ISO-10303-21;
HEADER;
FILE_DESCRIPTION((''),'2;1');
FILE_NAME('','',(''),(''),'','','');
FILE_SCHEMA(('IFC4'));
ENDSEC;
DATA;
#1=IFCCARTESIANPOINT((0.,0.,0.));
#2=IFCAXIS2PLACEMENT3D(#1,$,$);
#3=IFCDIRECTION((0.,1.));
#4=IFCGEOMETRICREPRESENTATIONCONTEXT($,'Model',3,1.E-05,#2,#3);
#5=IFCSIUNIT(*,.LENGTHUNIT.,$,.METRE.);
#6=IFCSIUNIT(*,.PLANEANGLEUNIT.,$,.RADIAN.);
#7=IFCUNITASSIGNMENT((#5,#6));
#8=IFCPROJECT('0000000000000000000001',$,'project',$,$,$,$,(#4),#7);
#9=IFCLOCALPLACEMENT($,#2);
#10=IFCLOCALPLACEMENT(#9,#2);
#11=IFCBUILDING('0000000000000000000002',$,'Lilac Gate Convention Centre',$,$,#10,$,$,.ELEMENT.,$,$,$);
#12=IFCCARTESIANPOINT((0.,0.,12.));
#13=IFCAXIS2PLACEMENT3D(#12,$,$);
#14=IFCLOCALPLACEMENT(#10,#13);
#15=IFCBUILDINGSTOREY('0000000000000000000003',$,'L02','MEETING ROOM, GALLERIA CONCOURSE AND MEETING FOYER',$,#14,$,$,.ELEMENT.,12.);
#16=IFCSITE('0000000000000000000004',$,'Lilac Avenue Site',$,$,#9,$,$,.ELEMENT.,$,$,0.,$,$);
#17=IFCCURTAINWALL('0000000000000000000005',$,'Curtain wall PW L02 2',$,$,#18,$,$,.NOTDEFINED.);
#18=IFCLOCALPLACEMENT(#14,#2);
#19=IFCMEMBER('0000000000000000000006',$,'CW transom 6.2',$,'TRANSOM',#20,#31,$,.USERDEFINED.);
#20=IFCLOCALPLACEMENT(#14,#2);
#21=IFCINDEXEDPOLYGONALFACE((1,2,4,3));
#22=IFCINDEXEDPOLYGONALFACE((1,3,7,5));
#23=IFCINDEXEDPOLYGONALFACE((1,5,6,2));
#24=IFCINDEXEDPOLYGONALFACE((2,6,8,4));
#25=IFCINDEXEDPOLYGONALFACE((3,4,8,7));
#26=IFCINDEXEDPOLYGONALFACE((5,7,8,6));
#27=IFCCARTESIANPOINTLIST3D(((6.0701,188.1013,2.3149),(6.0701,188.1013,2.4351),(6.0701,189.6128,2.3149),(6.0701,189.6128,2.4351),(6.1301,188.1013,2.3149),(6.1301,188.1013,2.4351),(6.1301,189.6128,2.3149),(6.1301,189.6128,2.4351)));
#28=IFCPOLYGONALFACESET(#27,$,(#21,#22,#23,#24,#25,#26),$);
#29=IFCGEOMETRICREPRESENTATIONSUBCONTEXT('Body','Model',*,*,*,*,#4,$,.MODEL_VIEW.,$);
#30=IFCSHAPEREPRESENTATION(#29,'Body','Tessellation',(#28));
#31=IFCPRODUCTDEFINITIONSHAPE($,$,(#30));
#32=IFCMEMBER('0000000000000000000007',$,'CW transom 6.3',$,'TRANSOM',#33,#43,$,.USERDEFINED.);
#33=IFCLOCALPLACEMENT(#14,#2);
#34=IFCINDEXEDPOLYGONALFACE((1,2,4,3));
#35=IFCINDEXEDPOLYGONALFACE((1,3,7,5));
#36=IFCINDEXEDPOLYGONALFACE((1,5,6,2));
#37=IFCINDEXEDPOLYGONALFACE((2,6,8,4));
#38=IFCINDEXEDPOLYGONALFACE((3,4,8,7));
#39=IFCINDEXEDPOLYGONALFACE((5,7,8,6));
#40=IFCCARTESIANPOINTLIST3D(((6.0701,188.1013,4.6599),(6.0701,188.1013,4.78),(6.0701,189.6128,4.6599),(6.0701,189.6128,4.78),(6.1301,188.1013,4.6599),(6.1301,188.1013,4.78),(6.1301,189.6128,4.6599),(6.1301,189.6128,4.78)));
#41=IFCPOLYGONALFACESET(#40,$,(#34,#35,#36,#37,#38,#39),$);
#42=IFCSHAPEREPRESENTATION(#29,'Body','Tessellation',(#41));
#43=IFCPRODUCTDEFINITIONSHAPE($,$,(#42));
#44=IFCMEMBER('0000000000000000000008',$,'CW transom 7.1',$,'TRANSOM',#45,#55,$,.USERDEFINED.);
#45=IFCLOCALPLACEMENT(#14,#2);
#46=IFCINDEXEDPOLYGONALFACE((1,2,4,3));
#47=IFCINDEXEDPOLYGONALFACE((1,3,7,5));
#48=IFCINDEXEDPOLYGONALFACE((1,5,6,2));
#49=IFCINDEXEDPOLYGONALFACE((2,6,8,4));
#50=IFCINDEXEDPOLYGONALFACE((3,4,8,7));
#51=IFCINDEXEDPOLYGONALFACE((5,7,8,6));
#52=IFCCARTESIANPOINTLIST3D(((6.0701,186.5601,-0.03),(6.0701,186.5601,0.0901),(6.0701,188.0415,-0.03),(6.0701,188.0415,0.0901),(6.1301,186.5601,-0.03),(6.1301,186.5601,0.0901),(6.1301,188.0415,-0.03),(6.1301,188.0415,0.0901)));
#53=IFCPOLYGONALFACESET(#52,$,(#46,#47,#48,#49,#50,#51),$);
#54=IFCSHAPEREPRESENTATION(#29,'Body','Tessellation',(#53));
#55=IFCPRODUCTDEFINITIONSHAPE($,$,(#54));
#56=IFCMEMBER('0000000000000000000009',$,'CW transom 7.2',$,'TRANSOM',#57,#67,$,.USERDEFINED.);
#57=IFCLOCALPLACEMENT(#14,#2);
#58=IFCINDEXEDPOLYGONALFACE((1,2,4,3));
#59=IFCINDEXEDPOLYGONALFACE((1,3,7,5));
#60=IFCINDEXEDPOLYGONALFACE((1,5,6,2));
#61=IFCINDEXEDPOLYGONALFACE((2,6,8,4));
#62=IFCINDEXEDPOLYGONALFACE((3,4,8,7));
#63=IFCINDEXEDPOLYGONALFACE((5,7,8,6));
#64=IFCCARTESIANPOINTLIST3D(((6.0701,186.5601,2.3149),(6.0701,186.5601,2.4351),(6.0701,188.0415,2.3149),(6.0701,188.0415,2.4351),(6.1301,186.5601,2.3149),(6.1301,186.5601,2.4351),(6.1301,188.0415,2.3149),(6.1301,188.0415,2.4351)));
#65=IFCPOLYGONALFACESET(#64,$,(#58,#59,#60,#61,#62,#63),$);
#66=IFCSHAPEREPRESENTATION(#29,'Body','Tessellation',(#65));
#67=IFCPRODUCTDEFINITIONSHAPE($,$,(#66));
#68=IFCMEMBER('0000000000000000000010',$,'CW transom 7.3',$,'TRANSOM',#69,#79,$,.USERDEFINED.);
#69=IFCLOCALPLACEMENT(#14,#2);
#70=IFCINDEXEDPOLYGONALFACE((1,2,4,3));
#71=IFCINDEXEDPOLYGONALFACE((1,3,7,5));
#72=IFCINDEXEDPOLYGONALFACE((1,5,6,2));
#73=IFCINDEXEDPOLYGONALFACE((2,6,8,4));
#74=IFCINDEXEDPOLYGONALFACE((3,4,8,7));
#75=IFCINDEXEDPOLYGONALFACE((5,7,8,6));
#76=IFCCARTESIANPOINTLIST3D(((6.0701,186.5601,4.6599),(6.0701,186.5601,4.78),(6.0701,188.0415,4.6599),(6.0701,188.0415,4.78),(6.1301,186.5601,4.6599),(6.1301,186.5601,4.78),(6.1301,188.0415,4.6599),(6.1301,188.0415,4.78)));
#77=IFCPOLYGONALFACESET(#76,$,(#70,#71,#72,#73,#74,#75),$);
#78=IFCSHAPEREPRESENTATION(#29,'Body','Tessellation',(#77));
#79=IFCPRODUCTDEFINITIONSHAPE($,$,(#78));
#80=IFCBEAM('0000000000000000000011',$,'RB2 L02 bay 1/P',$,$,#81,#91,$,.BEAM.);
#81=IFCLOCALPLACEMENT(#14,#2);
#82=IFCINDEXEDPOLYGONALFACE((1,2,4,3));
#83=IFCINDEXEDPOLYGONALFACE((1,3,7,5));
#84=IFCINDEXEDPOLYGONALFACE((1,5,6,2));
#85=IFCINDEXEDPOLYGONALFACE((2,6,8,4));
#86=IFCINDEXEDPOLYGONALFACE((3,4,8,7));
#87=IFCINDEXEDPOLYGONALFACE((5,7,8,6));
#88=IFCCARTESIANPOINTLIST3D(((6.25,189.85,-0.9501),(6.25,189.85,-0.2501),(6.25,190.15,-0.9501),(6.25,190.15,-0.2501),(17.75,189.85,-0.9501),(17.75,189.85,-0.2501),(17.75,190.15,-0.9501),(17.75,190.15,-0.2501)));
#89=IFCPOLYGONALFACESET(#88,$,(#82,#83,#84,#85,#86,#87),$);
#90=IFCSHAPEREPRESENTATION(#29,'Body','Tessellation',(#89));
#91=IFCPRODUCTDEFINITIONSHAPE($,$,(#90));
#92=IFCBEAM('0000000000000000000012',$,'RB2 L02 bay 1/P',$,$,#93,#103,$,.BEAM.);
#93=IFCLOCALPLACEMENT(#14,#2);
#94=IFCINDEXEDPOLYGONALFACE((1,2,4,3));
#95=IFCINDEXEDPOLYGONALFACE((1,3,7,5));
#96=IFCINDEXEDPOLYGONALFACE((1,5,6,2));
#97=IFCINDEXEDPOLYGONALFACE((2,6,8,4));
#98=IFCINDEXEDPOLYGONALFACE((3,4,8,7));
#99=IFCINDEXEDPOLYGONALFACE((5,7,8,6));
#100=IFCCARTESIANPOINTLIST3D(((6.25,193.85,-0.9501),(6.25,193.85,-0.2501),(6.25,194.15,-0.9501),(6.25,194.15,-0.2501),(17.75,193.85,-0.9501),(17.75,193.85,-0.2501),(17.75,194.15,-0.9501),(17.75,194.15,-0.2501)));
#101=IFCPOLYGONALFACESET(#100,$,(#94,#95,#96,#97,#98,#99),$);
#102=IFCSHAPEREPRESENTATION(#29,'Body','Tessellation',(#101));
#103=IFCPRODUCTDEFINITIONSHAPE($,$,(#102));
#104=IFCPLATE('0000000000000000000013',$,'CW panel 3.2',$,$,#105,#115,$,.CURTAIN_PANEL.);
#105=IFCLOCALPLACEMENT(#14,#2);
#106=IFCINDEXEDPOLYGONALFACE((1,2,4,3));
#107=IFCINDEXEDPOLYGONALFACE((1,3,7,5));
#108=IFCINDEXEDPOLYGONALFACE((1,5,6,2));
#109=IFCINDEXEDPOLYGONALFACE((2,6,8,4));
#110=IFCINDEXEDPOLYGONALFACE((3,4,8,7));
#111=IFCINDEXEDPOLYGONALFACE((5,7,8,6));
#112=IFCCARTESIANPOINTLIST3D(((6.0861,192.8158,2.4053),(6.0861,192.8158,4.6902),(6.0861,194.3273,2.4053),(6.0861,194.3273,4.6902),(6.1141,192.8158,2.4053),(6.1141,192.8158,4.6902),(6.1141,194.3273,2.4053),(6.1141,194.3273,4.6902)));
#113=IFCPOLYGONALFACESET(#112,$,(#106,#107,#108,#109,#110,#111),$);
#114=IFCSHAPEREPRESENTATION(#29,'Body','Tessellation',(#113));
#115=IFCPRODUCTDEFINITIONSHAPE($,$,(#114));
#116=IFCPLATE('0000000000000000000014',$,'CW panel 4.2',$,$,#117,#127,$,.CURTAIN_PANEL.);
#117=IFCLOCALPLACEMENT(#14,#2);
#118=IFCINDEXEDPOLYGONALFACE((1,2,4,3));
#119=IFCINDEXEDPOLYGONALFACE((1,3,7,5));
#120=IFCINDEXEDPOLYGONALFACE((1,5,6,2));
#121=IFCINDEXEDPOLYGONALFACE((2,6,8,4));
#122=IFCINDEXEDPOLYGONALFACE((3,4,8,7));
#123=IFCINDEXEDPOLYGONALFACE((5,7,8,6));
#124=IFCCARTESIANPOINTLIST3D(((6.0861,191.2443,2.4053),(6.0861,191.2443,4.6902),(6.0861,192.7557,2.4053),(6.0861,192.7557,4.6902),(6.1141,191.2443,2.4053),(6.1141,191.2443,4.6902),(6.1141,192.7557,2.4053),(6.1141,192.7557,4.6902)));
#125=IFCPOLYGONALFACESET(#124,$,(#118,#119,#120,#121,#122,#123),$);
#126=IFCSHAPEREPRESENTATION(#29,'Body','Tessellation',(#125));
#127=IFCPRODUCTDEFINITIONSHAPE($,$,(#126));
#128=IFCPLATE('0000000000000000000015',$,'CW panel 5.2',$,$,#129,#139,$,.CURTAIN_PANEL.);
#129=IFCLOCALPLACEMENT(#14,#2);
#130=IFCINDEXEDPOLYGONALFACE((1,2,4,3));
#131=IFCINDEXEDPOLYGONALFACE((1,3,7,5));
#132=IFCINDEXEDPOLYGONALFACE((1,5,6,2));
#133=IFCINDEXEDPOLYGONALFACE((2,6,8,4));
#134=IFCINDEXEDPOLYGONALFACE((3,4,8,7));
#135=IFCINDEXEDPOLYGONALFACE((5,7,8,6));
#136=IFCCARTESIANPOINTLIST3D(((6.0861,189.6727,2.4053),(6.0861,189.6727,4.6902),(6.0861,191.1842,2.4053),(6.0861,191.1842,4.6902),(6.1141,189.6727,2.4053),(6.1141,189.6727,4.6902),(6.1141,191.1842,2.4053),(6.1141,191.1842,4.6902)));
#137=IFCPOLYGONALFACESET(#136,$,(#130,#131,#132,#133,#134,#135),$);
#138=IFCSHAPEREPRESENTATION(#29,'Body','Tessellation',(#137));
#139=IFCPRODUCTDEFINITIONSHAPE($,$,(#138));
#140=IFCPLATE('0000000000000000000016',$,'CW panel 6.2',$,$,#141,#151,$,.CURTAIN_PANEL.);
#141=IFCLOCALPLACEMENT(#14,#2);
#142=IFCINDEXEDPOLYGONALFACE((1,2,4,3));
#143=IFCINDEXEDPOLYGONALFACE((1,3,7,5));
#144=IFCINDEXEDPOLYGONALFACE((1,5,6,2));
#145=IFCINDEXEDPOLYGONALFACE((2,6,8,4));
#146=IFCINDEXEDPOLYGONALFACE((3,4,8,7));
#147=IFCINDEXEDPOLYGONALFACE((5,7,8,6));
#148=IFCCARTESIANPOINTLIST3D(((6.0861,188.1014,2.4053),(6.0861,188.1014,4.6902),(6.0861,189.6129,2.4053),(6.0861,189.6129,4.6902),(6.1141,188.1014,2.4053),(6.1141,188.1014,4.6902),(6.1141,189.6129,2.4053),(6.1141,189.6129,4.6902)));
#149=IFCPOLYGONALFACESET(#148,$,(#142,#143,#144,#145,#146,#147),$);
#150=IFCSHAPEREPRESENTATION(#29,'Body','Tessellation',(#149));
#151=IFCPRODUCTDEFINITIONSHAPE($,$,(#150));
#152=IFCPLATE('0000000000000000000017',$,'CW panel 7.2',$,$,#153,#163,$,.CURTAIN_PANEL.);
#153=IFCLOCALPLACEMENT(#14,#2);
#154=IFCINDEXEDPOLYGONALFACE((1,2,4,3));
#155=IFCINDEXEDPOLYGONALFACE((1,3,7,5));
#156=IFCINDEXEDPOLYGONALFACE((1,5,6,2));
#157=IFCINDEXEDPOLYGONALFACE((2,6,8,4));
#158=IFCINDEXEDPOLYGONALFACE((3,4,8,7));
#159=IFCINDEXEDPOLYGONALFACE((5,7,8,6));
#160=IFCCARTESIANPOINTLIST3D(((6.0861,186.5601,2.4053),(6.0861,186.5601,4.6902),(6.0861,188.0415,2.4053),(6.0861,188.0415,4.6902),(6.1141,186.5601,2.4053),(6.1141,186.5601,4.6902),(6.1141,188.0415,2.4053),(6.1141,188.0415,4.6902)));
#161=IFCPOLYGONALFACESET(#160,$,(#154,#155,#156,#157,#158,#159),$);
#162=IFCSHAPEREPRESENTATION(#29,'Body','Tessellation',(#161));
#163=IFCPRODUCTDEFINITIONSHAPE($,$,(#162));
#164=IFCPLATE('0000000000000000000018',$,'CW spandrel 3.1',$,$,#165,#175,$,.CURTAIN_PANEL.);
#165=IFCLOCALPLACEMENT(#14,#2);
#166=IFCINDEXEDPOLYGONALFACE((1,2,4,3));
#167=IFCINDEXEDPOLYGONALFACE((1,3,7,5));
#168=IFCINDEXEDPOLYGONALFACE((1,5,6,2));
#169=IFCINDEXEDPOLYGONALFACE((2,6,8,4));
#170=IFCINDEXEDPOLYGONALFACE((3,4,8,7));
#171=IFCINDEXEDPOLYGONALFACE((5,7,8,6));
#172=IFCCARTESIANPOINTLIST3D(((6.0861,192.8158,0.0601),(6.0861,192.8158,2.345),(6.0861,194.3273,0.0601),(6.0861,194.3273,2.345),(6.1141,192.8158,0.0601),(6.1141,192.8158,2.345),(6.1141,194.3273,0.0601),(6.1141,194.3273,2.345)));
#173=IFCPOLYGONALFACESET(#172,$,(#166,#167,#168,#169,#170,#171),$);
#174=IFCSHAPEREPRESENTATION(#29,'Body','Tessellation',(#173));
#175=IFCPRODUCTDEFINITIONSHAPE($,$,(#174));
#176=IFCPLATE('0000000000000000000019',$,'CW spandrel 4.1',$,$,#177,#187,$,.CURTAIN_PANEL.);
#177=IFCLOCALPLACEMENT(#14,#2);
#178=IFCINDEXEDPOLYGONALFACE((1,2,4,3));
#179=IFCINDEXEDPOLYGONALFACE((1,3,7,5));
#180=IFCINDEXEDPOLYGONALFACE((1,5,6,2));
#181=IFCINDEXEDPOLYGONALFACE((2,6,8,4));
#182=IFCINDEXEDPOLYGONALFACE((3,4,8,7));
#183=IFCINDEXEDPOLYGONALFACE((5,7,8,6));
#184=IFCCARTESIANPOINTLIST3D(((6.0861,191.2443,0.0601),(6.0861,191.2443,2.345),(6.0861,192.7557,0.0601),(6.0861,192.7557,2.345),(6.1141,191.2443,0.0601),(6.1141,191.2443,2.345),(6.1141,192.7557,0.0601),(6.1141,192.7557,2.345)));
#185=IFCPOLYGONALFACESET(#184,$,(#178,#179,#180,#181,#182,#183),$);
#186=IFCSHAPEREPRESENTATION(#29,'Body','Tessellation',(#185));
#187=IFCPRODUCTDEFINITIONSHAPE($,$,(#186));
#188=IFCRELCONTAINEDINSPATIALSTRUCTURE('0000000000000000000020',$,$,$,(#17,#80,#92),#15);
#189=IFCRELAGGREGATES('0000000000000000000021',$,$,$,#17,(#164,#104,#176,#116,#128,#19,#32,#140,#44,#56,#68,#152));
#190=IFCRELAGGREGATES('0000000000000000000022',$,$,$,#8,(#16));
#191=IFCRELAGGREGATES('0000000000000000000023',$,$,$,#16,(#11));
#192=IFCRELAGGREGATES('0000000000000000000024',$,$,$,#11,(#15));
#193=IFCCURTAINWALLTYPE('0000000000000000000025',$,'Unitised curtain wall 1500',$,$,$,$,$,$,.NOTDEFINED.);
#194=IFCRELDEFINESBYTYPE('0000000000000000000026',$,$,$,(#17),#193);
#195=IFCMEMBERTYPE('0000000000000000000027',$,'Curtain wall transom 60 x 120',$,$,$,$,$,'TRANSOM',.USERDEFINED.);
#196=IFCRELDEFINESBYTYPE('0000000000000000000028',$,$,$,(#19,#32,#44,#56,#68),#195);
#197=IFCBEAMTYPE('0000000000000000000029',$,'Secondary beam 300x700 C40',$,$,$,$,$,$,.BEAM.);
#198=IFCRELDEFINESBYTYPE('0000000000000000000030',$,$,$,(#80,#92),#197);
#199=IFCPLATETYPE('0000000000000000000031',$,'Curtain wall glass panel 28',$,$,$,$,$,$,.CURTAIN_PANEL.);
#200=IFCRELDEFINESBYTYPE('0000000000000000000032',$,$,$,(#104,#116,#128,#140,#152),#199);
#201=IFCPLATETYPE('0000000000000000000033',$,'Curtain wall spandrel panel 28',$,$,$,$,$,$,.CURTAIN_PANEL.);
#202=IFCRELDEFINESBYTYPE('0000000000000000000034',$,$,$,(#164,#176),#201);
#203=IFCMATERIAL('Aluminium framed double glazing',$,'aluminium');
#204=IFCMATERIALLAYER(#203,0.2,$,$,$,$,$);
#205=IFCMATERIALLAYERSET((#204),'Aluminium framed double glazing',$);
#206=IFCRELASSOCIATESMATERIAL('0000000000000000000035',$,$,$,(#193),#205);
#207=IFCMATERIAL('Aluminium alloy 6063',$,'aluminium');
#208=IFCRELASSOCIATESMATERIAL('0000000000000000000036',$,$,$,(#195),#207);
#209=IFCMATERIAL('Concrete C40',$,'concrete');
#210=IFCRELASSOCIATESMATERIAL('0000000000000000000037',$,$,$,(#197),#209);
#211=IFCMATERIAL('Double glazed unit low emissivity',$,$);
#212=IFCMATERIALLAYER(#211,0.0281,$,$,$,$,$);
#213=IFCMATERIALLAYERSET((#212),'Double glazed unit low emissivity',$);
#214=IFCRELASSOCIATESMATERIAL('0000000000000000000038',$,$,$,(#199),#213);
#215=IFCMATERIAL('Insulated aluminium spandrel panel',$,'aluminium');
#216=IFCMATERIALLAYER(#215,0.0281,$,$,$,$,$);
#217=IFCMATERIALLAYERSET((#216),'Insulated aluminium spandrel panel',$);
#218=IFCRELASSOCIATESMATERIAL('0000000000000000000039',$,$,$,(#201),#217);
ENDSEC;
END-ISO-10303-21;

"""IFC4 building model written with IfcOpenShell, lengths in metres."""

from ifc_helpers import new_model, si_unit, direction, frame, origin, origin_2d, place, context, subcontext, project, spatial, rectangle, extrude, material, layer, layer_set, material_profile, profile_set, type_object, element, aggregate, save


model = new_model("IFC4")

# Units and contexts
model_context = context("Model", 3, precision=1e-05, world=origin(), true_north=direction((0.0, 1.0)))
body_context = subcontext(model_context, "Body", "Model", "MODEL_VIEW")
ifc_project = project(units=[si_unit("LENGTHUNIT", "METRE"), si_unit("PLANEANGLEUNIT", "RADIAN")], contexts=[model_context])

# Site, building, storey
site_placement = place(None, origin())
site = spatial("IfcSite", under=ifc_project, at=site_placement, Name="Lilac Avenue Site", CompositionType="ELEMENT", RefElevation=0.0)
building_placement = place(site_placement, origin())
building = spatial("IfcBuilding", under=site, at=building_placement, Name="Lilac Gate Convention Centre", CompositionType="ELEMENT")
storey_placement = place(building_placement, frame((0.0, 0.0, 12.0)))
storey = spatial("IfcBuildingStorey", under=building, at=storey_placement, Name="L02", Description="MEETING ROOM, GALLERIA CONCOURSE AND MEETING FOYER", CompositionType="ELEMENT", Elevation=12.0)

# Curtain wall, members
ifc_material_1 = material(Name="Aluminium framed double glazing", Category="aluminium")
ifc_layer_1 = layer(ifc_material_1, 0.2)
ifc_layer_set_1 = layer_set([ifc_layer_1], Name="Aluminium framed double glazing")
curtain_wall_type = type_object("IfcCurtainWallType", Name="Unitised curtain wall 1500", PredefinedType="NOTDEFINED", material=ifc_layer_set_1)
curtain_wall_placement = place(storey_placement, origin())
curtain_wall = element("IfcCurtainWall", 1, at=curtain_wall_placement, inside=storey, type_object=curtain_wall_type, Name="Curtain wall PW L02 2", PredefinedType="NOTDEFINED")
ifc_material_2 = material(Name="Aluminium alloy 6063", Category="aluminium")
ifc_material_profile_1 = material_profile(ifc_material_2, rectangle(XDim=0.0601, YDim=0.1201, at=origin_2d()), Name="Curtain wall transom 60 x 120")
ifc_profile_set_1 = profile_set([ifc_material_profile_1], Name="Aluminium alloy 6063")
member_type_1 = type_object("IfcMemberType", Name="Curtain wall transom 60 x 120", ElementType="TRANSOM", PredefinedType="USERDEFINED", material=ifc_profile_set_1)
member_1_placement = place(storey_placement, frame((6.1001, 189.6128, 2.375), z_axis=(0.0, -1.0, 0.0), x_axis=(1.0, 0.0, 0.0)))
member_1 = element("IfcMember", 2, at=member_1_placement, type_object=member_type_1, Name="CW transom 6.2", ObjectType="TRANSOM", PredefinedType="USERDEFINED", context=body_context, shape_type="SweptSolid", body=[
    extrude(rectangle(XDim=0.0601, YDim=0.1201, at=origin_2d()), origin(), (0.0, 0.0, 1.0), 1.5115),
])
member_2_placement = place(storey_placement, frame((6.1001, 189.6128, 4.72), z_axis=(0.0, -1.0, 0.0), x_axis=(1.0, 0.0, 0.0)))
member_2 = element("IfcMember", 3, at=member_2_placement, type_object=member_type_1, Name="CW transom 6.3", ObjectType="TRANSOM", PredefinedType="USERDEFINED", context=body_context, shape_type="SweptSolid", body=[
    extrude(rectangle(XDim=0.0601, YDim=0.1201, at=origin_2d()), origin(), (0.0, 0.0, 1.0), 1.5115),
])
member_3_placement = place(storey_placement, frame((6.1001, 188.0415, 0.03), z_axis=(0.0, -1.0, 0.0), x_axis=(1.0, 0.0, 0.0)))
member_3 = element("IfcMember", 4, at=member_3_placement, type_object=member_type_1, Name="CW transom 7.1", ObjectType="TRANSOM", PredefinedType="USERDEFINED", context=body_context, shape_type="SweptSolid", body=[
    extrude(rectangle(XDim=0.0601, YDim=0.1201, at=origin_2d()), origin(), (0.0, 0.0, 1.0), 1.4814),
])
member_4_placement = place(storey_placement, frame((6.1001, 188.0415, 2.375), z_axis=(0.0, -1.0, 0.0), x_axis=(1.0, 0.0, 0.0)))
member_4 = element("IfcMember", 5, at=member_4_placement, type_object=member_type_1, Name="CW transom 7.2", ObjectType="TRANSOM", PredefinedType="USERDEFINED", context=body_context, shape_type="SweptSolid", body=[
    extrude(rectangle(XDim=0.0601, YDim=0.1201, at=origin_2d()), origin(), (0.0, 0.0, 1.0), 1.4814),
])
member_5_placement = place(storey_placement, frame((6.1001, 188.0415, 4.72), z_axis=(0.0, -1.0, 0.0), x_axis=(1.0, 0.0, 0.0)))
member_5 = element("IfcMember", 6, at=member_5_placement, type_object=member_type_1, Name="CW transom 7.3", ObjectType="TRANSOM", PredefinedType="USERDEFINED", context=body_context, shape_type="SweptSolid", body=[
    extrude(rectangle(XDim=0.0601, YDim=0.1201, at=origin_2d()), origin(), (0.0, 0.0, 1.0), 1.4814),
])

# Beams
ifc_material_3 = material(Name="Concrete C40", Category="concrete")
ifc_material_profile_2 = material_profile(ifc_material_3, rectangle(XDim=0.3, YDim=0.7, at=origin_2d()), Name="RC 300x700")
ifc_profile_set_2 = profile_set([ifc_material_profile_2], Name="Concrete C40")
beam_type = type_object("IfcBeamType", Name="Secondary beam 300x700 C40", PredefinedType="BEAM", material=ifc_profile_set_2)
for number, where, z_axis, x_axis, name in (
    (7, (6.25, 190.0, -0.6001), (1.0, 0.0, 0.0), (0.0, 1.0, 0.0), "RB2 L02 bay 1/P"),
    (8, (6.25, 194.0, -0.6001), (1.0, 0.0, 0.0), (0.0, 1.0, 0.0), "RB2 L02 bay 1/P"),
):
    element("IfcBeam", number, at=place(storey_placement, frame(where, z_axis=z_axis, x_axis=x_axis)), inside=storey, type_object=beam_type, Name=name, PredefinedType="BEAM", context=body_context, shape_type="SweptSolid", body=[
        extrude(rectangle(XDim=0.3, YDim=0.7, at=origin_2d()), origin(), (0.0, 0.0, 1.0), 11.5),
    ])

# Plates
ifc_material_4 = material(Name="Double glazed unit low emissivity")
ifc_layer_2 = layer(ifc_material_4, 0.0281)
ifc_layer_set_2 = layer_set([ifc_layer_2], Name="Double glazed unit low emissivity")
plate_type_1 = type_object("IfcPlateType", Name="Curtain wall glass panel 28", PredefinedType="CURTAIN_PANEL", material=ifc_layer_set_2)
plate_1_placement = place(storey_placement, frame((6.1001, 193.5715, 2.4053), z_axis=(0.0, 0.0, 1.0), x_axis=(0.0, -1.0, 0.0)))
plate_1 = element("IfcPlate", 9, at=plate_1_placement, type_object=plate_type_1, Name="CW panel 3.2", PredefinedType="CURTAIN_PANEL", context=body_context, shape_type="SweptSolid", body=[
    extrude(rectangle(XDim=1.5115, YDim=0.0281, at=origin_2d()), origin(), (0.0, 0.0, 1.0), 2.2849),
])
plate_2_placement = place(storey_placement, frame((6.1001, 192.0, 2.4053), z_axis=(0.0, 0.0, 1.0), x_axis=(0.0, -1.0, 0.0)))
plate_2 = element("IfcPlate", 10, at=plate_2_placement, type_object=plate_type_1, Name="CW panel 4.2", PredefinedType="CURTAIN_PANEL", context=body_context, shape_type="SweptSolid", body=[
    extrude(rectangle(XDim=1.5115, YDim=0.0281, at=origin_2d()), origin(), (0.0, 0.0, 1.0), 2.2849),
])
plate_3_placement = place(storey_placement, frame((6.1001, 190.4285, 2.4053), z_axis=(0.0, 0.0, 1.0), x_axis=(0.0, -1.0, 0.0)))
plate_3 = element("IfcPlate", 11, at=plate_3_placement, type_object=plate_type_1, Name="CW panel 5.2", PredefinedType="CURTAIN_PANEL", context=body_context, shape_type="SweptSolid", body=[
    extrude(rectangle(XDim=1.5115, YDim=0.0281, at=origin_2d()), origin(), (0.0, 0.0, 1.0), 2.2849),
])
plate_4_placement = place(storey_placement, frame((6.1001, 188.8572, 2.4053), z_axis=(0.0, 0.0, 1.0), x_axis=(0.0, -1.0, 0.0)))
plate_4 = element("IfcPlate", 12, at=plate_4_placement, type_object=plate_type_1, Name="CW panel 6.2", PredefinedType="CURTAIN_PANEL", context=body_context, shape_type="SweptSolid", body=[
    extrude(rectangle(XDim=1.5115, YDim=0.0281, at=origin_2d()), origin(), (0.0, 0.0, 1.0), 2.2849),
])
plate_5_placement = place(storey_placement, frame((6.1001, 187.3008, 2.4053), z_axis=(0.0, 0.0, 1.0), x_axis=(0.0, -1.0, 0.0)))
plate_5 = element("IfcPlate", 13, at=plate_5_placement, type_object=plate_type_1, Name="CW panel 7.2", PredefinedType="CURTAIN_PANEL", context=body_context, shape_type="SweptSolid", body=[
    extrude(rectangle(XDim=1.4814, YDim=0.0281, at=origin_2d()), origin(), (0.0, 0.0, 1.0), 2.2849),
])
ifc_material_5 = material(Name="Insulated aluminium spandrel panel", Category="aluminium")
ifc_layer_3 = layer(ifc_material_5, 0.0281)
ifc_layer_set_3 = layer_set([ifc_layer_3], Name="Insulated aluminium spandrel panel")
plate_type_2 = type_object("IfcPlateType", Name="Curtain wall spandrel panel 28", PredefinedType="CURTAIN_PANEL", material=ifc_layer_set_3)
plate_6_placement = place(storey_placement, frame((6.1001, 193.5715, 0.0601), z_axis=(0.0, 0.0, 1.0), x_axis=(0.0, -1.0, 0.0)))
plate_6 = element("IfcPlate", 14, at=plate_6_placement, type_object=plate_type_2, Name="CW spandrel 3.1", PredefinedType="CURTAIN_PANEL", context=body_context, shape_type="SweptSolid", body=[
    extrude(rectangle(XDim=1.5115, YDim=0.0281, at=origin_2d()), origin(), (0.0, 0.0, 1.0), 2.2849),
])
plate_7_placement = place(storey_placement, frame((6.1001, 192.0, 0.0601), z_axis=(0.0, 0.0, 1.0), x_axis=(0.0, -1.0, 0.0)))
plate_7 = element("IfcPlate", 15, at=plate_7_placement, type_object=plate_type_2, Name="CW spandrel 4.1", PredefinedType="CURTAIN_PANEL", context=body_context, shape_type="SweptSolid", body=[
    extrude(rectangle(XDim=1.5115, YDim=0.0281, at=origin_2d()), origin(), (0.0, 0.0, 1.0), 2.2849),
])
aggregate(curtain_wall, [plate_6, plate_1, plate_7, plate_2, plate_3, member_1, member_2, plate_4, member_3, member_4, member_5, plate_5])

save(model, "model.ifc")
